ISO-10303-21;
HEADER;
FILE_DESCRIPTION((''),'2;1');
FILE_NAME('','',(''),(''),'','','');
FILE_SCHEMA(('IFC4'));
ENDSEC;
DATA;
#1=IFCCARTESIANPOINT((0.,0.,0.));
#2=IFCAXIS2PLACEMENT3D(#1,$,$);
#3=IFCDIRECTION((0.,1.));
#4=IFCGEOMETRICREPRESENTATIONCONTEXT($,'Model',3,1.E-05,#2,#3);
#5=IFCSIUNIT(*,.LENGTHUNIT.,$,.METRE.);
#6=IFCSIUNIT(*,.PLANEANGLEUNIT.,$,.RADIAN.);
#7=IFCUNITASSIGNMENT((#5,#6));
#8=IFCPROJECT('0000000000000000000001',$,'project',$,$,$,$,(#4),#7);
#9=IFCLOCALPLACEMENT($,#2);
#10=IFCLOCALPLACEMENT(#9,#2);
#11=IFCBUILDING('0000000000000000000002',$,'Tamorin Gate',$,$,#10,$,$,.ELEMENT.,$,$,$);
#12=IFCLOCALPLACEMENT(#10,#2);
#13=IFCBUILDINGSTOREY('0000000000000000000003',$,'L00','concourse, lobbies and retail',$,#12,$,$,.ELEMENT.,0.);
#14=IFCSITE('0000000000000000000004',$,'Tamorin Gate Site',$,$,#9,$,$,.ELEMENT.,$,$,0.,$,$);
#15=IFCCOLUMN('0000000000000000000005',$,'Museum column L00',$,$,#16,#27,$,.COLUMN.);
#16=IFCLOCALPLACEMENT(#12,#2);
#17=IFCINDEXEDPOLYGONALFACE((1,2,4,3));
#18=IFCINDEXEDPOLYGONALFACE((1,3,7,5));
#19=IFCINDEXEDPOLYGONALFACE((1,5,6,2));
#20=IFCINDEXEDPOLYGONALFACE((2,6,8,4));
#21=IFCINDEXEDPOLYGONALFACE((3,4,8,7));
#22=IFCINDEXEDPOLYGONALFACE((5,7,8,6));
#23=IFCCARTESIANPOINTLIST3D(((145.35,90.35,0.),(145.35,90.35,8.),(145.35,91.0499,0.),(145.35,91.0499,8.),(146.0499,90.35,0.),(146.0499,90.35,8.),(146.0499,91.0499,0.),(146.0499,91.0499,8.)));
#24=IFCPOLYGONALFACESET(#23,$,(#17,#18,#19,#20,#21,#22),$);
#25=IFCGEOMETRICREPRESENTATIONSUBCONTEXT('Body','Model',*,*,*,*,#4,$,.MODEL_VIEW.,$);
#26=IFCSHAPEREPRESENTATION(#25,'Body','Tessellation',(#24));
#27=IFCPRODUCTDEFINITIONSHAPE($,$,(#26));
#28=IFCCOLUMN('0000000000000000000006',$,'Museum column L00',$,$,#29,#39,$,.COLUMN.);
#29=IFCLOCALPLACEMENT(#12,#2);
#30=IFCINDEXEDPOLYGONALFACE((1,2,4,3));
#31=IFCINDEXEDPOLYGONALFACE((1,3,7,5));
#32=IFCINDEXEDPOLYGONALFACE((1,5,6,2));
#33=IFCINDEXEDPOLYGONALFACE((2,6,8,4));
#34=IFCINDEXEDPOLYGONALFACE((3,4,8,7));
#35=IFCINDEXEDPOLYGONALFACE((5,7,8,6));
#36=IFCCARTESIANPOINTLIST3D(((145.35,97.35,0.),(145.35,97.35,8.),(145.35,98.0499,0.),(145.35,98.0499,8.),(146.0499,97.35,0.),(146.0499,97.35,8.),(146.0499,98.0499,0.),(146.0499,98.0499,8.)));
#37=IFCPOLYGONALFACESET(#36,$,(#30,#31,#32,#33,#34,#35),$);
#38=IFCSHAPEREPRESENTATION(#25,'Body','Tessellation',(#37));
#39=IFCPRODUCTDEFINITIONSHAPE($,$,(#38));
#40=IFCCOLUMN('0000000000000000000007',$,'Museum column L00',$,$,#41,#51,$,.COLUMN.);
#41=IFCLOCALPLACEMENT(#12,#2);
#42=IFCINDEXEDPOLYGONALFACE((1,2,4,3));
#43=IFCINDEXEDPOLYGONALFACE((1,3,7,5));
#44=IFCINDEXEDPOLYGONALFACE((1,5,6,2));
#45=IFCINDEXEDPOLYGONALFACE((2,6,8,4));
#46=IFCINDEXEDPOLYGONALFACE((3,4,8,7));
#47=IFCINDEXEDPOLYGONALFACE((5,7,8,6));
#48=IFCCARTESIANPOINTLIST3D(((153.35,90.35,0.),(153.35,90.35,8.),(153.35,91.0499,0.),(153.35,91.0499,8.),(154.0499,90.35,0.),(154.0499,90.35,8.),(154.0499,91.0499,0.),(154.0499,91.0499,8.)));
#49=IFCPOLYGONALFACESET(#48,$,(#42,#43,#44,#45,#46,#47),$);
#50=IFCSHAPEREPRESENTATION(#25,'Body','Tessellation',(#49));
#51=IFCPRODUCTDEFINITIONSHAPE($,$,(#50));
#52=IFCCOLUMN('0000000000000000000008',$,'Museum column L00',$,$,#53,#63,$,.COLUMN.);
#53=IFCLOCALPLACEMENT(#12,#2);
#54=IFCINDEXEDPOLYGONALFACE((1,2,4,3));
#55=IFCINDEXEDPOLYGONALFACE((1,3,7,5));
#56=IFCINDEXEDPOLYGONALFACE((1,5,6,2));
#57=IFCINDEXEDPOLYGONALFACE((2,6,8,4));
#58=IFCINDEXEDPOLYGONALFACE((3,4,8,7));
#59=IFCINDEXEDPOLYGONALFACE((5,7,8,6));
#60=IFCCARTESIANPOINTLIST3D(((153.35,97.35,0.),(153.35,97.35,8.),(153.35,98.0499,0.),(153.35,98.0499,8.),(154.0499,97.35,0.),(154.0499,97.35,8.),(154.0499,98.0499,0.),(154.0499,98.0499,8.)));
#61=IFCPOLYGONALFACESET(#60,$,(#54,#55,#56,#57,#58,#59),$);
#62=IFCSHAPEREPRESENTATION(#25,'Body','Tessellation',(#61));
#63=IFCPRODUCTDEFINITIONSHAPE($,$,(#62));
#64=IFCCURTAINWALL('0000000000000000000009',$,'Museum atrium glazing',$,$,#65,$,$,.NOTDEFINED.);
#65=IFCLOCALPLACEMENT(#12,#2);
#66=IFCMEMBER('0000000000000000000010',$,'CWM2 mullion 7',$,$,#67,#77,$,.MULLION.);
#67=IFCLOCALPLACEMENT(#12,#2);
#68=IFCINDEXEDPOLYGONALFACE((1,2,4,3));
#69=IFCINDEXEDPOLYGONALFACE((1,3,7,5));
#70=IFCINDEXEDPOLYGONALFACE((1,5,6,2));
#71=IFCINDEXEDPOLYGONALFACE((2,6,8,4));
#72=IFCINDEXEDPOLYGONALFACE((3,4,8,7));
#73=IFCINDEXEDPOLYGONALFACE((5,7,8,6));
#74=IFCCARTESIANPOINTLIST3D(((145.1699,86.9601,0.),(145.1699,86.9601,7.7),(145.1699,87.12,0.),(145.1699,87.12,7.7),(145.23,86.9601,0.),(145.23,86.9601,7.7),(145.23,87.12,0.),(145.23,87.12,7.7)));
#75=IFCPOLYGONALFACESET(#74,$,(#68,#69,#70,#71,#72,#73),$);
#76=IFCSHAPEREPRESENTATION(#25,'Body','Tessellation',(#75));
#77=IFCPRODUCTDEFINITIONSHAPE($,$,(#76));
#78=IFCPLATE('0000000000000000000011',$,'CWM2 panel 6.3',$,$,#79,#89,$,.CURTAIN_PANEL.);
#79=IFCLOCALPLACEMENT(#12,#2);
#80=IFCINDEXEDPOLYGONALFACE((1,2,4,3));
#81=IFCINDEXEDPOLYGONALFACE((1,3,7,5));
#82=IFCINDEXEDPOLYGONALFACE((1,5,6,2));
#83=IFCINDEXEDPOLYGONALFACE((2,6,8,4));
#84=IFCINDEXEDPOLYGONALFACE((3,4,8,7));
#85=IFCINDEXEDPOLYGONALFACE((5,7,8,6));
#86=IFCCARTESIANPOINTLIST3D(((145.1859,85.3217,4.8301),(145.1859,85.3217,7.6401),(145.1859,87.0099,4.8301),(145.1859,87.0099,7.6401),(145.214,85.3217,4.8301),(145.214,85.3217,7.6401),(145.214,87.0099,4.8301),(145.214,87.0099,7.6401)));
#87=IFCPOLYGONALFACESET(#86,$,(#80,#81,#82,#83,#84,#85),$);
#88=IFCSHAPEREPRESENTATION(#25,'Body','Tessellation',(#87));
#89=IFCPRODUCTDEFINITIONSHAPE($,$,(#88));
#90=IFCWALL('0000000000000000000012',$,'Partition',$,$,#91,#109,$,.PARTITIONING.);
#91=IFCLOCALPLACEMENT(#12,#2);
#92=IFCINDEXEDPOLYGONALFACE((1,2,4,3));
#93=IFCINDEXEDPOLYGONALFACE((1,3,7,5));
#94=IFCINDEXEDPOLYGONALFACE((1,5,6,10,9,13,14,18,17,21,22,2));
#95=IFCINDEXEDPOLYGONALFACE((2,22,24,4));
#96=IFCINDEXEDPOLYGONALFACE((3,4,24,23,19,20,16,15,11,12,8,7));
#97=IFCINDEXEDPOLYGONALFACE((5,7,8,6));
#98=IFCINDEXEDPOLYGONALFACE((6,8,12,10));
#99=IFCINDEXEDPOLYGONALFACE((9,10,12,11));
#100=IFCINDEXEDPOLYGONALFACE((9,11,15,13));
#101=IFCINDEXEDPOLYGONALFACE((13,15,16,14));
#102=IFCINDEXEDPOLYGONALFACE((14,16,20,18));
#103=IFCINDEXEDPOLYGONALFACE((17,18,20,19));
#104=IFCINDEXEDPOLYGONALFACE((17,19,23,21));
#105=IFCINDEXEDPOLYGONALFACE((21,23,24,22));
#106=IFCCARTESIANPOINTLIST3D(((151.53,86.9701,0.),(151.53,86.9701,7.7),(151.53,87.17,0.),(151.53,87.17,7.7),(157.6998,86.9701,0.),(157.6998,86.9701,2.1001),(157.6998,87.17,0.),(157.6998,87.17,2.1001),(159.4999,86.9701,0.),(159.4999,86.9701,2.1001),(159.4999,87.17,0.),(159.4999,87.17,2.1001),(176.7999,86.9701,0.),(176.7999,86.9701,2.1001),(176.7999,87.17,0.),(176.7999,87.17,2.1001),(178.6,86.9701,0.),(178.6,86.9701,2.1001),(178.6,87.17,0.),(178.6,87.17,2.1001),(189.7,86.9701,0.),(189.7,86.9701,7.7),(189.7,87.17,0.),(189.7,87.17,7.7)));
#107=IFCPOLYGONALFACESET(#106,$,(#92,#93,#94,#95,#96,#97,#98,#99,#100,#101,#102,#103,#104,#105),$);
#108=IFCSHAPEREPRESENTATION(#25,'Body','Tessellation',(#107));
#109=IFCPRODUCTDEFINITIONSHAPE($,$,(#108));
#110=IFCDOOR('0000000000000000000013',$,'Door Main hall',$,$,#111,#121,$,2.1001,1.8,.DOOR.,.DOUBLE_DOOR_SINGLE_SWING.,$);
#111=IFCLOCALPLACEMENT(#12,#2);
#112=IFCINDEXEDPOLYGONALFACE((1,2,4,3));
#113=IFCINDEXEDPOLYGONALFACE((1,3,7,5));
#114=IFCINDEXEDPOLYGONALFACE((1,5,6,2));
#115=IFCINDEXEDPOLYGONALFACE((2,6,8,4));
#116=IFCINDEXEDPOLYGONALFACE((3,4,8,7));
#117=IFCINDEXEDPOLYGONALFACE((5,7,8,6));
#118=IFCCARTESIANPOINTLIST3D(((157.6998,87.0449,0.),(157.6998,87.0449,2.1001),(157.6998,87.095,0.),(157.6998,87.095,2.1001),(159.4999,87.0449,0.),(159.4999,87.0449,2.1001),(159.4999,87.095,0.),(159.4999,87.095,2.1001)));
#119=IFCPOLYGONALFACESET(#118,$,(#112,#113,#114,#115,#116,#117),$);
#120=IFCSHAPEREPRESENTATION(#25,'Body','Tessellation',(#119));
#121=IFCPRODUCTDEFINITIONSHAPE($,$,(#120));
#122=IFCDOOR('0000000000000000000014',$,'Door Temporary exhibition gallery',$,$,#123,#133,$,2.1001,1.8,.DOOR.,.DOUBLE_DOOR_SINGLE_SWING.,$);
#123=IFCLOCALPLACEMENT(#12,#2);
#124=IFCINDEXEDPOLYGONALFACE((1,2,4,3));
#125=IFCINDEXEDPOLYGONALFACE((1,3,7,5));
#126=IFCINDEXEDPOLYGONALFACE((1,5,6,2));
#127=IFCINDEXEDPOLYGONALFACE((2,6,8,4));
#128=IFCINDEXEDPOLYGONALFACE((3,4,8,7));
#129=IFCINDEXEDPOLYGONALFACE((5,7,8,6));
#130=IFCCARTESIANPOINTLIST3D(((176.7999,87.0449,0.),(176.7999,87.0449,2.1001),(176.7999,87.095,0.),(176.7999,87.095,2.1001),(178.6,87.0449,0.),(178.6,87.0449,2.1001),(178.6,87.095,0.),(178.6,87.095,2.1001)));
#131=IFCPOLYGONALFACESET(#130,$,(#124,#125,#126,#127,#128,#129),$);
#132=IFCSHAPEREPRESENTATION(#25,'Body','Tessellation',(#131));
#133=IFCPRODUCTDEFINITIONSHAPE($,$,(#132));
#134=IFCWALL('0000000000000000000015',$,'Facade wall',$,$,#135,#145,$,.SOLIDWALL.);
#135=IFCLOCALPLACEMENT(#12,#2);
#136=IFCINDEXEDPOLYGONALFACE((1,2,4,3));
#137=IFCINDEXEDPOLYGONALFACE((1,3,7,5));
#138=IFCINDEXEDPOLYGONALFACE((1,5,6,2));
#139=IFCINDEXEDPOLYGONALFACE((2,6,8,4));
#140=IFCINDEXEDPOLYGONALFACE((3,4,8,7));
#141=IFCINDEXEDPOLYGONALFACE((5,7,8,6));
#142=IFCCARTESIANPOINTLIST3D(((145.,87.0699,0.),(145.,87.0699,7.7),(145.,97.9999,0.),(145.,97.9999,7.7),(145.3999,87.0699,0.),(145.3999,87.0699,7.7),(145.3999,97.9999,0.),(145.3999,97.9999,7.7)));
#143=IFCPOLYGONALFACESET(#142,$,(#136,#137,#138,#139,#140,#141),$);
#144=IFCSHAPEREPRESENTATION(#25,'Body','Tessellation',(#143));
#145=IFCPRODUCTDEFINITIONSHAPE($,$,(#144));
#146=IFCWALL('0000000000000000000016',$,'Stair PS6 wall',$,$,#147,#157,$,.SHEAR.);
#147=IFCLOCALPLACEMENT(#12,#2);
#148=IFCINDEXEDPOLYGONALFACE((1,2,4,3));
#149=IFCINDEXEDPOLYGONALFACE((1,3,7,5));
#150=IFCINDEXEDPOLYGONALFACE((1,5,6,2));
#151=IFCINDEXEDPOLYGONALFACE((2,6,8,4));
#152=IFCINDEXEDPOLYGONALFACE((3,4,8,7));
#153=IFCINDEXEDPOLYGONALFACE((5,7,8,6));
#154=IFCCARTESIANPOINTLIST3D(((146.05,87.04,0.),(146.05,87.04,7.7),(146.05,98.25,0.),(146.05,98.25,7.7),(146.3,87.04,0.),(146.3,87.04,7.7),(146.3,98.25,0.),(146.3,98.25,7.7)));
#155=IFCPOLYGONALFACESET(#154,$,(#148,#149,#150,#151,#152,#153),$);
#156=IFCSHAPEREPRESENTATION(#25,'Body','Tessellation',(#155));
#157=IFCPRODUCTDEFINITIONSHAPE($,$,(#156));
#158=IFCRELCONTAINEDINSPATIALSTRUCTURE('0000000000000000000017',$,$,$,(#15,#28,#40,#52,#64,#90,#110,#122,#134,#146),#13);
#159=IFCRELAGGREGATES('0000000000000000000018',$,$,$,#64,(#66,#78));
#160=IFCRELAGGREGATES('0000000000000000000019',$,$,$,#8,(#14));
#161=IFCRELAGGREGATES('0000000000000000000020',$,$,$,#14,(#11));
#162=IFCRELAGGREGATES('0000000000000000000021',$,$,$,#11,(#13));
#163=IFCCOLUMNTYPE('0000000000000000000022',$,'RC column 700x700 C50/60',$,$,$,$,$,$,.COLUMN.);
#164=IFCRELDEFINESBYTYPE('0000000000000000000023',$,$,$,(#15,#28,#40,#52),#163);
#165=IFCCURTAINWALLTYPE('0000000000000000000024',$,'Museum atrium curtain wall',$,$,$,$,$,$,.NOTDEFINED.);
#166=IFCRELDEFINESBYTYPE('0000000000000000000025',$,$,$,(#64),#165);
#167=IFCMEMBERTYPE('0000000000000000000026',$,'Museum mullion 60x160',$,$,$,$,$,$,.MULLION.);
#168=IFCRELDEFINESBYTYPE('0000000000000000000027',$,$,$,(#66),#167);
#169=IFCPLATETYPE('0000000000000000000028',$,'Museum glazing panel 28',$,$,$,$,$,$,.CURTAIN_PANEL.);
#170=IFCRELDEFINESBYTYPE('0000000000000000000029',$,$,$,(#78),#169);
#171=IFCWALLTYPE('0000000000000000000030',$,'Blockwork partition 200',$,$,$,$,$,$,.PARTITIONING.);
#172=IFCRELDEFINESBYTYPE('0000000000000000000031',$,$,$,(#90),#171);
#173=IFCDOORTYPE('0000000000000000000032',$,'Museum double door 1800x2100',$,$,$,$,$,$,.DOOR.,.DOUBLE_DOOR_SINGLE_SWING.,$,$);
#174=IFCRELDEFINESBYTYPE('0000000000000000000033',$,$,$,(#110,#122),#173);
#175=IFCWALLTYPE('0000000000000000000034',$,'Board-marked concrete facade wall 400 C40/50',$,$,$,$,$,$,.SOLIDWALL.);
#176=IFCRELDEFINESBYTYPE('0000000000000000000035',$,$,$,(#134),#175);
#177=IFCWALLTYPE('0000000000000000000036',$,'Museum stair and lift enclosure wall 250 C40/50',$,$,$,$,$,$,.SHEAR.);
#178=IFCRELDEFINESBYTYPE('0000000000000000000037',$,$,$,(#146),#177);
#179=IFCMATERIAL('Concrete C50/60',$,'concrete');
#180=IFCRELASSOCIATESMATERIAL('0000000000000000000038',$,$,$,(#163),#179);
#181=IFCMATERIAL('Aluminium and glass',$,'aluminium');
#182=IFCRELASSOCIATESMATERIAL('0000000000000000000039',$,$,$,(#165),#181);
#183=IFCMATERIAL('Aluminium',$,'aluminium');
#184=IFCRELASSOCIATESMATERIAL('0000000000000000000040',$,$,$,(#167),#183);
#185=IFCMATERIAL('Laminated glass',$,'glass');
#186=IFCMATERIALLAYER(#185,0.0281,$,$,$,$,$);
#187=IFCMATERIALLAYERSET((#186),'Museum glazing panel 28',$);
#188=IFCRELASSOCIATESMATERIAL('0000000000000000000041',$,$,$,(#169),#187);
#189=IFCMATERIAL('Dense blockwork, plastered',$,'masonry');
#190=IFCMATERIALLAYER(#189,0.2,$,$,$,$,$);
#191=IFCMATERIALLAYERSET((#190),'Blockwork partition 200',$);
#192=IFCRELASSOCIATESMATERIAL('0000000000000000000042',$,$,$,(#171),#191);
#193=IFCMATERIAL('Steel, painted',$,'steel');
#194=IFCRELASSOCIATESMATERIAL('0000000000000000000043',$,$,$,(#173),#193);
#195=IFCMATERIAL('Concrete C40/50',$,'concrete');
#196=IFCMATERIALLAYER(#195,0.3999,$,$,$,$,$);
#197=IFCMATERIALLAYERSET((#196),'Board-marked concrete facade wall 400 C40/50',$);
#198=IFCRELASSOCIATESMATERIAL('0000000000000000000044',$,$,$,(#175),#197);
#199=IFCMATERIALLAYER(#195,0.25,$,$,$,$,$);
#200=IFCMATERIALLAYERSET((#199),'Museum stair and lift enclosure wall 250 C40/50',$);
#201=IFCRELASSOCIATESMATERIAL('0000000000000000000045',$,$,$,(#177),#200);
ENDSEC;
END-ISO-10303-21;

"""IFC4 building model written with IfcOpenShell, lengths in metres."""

from ifc_helpers import new_model, si_unit, direction, frame, frame_2d, origin, origin_2d, place, context, subcontext, project, spatial, rectangle, extrude, material, layer, layer_set, material_profile, profile_set, type_object, element, fill, aggregate, save


model = new_model("IFC4")

# Units and contexts
model_context = context("Model", 3, precision=1e-05, world=origin(), true_north=direction((0.0, 1.0)))
body_context = subcontext(model_context, "Body", "Model", "MODEL_VIEW")
ifc_project = project(units=[si_unit("LENGTHUNIT", "METRE"), si_unit("PLANEANGLEUNIT", "RADIAN")], contexts=[model_context])

# Site, building, storey
site_placement = place(None, origin())
site = spatial("IfcSite", under=ifc_project, at=site_placement, Name="Tamorin Gate Site", CompositionType="ELEMENT", RefElevation=0.0)
building_placement = place(site_placement, origin())
building = spatial("IfcBuilding", under=site, at=building_placement, Name="Tamorin Gate", CompositionType="ELEMENT")
storey_placement = place(building_placement, origin())
storey = spatial("IfcBuildingStorey", under=building, at=storey_placement, Name="L00", Description="concourse, lobbies and retail", CompositionType="ELEMENT", Elevation=0.0)

# Columns
ifc_material_1 = material(Name="Concrete C50/60", Category="concrete")
ifc_material_profile_1 = material_profile(ifc_material_1, rectangle(XDim=0.7, YDim=0.7, at=origin_2d()), Name="RC 700x700")
ifc_profile_set_1 = profile_set([ifc_material_profile_1], Name="Concrete C50/60")
column_type = type_object("IfcColumnType", Name="RC column 700x700 C50/60", PredefinedType="COLUMN", material=ifc_profile_set_1)
for number, where, z_axis, x_axis, name in (
    (1, (145.7, 90.7, 0.0), (0.0, 0.0, 1.0), (1.0, 0.0, 0.0), "Museum column L00"),
    (2, (145.7, 97.7, 0.0), (0.0, 0.0, 1.0), (1.0, 0.0, 0.0), "Museum column L00"),
    (3, (153.7, 90.7, 0.0), (0.0, 0.0, 1.0), (1.0, 0.0, 0.0), "Museum column L00"),
    (4, (153.7, 97.7, 0.0), (0.0, 0.0, 1.0), (1.0, 0.0, 0.0), "Museum column L00"),
):
    element("IfcColumn", number, at=place(storey_placement, frame(where, z_axis=z_axis, x_axis=x_axis)), inside=storey, type_object=column_type, Name=name, PredefinedType="COLUMN", context=body_context, shape_type="SweptSolid", body=[
        extrude(rectangle(XDim=0.7, YDim=0.7, at=origin_2d()), origin(), (0.0, 0.0, 1.0), 8.0),
    ])

# Curtain wall, member, plate
ifc_material_2 = material(Name="Aluminium and glass", Category="aluminium")
curtain_wall_type = type_object("IfcCurtainWallType", Name="Museum atrium curtain wall", PredefinedType="NOTDEFINED", material=ifc_material_2)
curtain_wall_placement = place(storey_placement, origin())
curtain_wall = element("IfcCurtainWall", 5, at=curtain_wall_placement, inside=storey, type_object=curtain_wall_type, Name="Museum atrium glazing", PredefinedType="NOTDEFINED")
ifc_material_3 = material(Name="Aluminium", Category="aluminium")
ifc_material_profile_2 = material_profile(ifc_material_3, rectangle(XDim=0.0601, YDim=0.1599, at=origin_2d()), Name="RECT 60x160")
ifc_profile_set_2 = profile_set([ifc_material_profile_2], Name="Aluminium")
member_type = type_object("IfcMemberType", Name="Museum mullion 60x160", PredefinedType="MULLION", material=ifc_profile_set_2)
member_placement = place(storey_placement, frame((145.2, 87.04, 0.0), z_axis=(0.0, 0.0, 1.0), x_axis=(-1.0, 0.0, 0.0)))
member = element("IfcMember", 6, at=member_placement, type_object=member_type, Name="CWM2 mullion 7", PredefinedType="MULLION", context=body_context, shape_type="SweptSolid", body=[
    extrude(rectangle(XDim=0.0601, YDim=0.1599, at=origin_2d()), origin(), (0.0, 0.0, 1.0), 7.7),
])
ifc_material_4 = material(Name="Laminated glass", Category="glass")
ifc_layer_1 = layer(ifc_material_4, 0.0281)
ifc_layer_set_1 = layer_set([ifc_layer_1], Name="Museum glazing panel 28")
plate_type = type_object("IfcPlateType", Name="Museum glazing panel 28", PredefinedType="CURTAIN_PANEL", material=ifc_layer_set_1)
plate_placement = place(storey_placement, frame((145.2, 86.1658, 4.8301), z_axis=(0.0, 0.0, 1.0), x_axis=(0.0, 1.0, 0.0)))
plate = element("IfcPlate", 7, at=plate_placement, type_object=plate_type, Name="CWM2 panel 6.3", PredefinedType="CURTAIN_PANEL", context=body_context, shape_type="SweptSolid", body=[
    extrude(rectangle(XDim=1.6882, YDim=0.0281, at=origin_2d()), origin(), (0.0, 0.0, 1.0), 2.8101),
])
aggregate(curtain_wall, [member, plate])

# Wall, openings, doors
ifc_material_5 = material(Name="Dense blockwork, plastered", Category="masonry")
ifc_layer_2 = layer(ifc_material_5, 0.2)
ifc_layer_set_2 = layer_set([ifc_layer_2], Name="Blockwork partition 200")
wall_type_1 = type_object("IfcWallType", Name="Blockwork partition 200", PredefinedType="PARTITIONING", material=ifc_layer_set_2)
wall_1_placement = place(storey_placement, frame((151.53, 87.0701, 0.0), z_axis=(0.0, 0.0, 1.0), x_axis=(1.0, 0.0, 0.0)))
wall_1 = element("IfcWall", 8, at=wall_1_placement, inside=storey, type_object=wall_type_1, Name="Partition", PredefinedType="PARTITIONING", context=body_context, shape_type="SweptSolid", body=[
    extrude(rectangle(XDim=38.1699, YDim=0.2, at=frame_2d((19.085, 0.0))), origin(), (0.0, 0.0, 1.0), 7.7),
])
opening_1_placement = place(wall_1_placement, frame((6.1699, 0.0, 0.0)))
opening_1 = element("IfcOpeningElement", 9, at=opening_1_placement, cuts=wall_1, PredefinedType="OPENING", context=body_context, shape_type="SweptSolid", body=[
    extrude(rectangle(XDim=1.8, YDim=2.1001, at=frame_2d((0.8999, 1.05))), frame((0.0, 0.1099, 0.0), z_axis=(0.0, -1.0, 0.0), x_axis=(1.0, 0.0, 0.0)), (0.0, 0.0, 1.0), 0.22),
])
opening_2_placement = place(wall_1_placement, frame((25.27, 0.0, 0.0)))
opening_2 = element("IfcOpeningElement", 10, at=opening_2_placement, cuts=wall_1, PredefinedType="OPENING", context=body_context, shape_type="SweptSolid", body=[
    extrude(rectangle(XDim=1.8, YDim=2.1001, at=frame_2d((0.8999, 1.05))), frame((0.0, 0.1099, 0.0), z_axis=(0.0, -1.0, 0.0), x_axis=(1.0, 0.0, 0.0)), (0.0, 0.0, 1.0), 0.22),
])
ifc_material_6 = material(Name="Steel, painted", Category="steel")
door_type_1 = type_object("IfcDoorType", Name="Museum double door 1800x2100", OperationType="DOUBLE_DOOR_SINGLE_SWING", PredefinedType="DOOR", material=ifc_material_6)
door_1_placement = place(opening_1_placement, origin())
door_1 = element("IfcDoor", 11, at=door_1_placement, inside=storey, type_object=door_type_1, Name="Door Main hall", OperationType="DOUBLE_DOOR_SINGLE_SWING", OverallHeight=2.1001, OverallWidth=1.8, PredefinedType="DOOR", context=body_context, shape_type="SweptSolid", body=[
    extrude(rectangle(XDim=1.8, YDim=2.1001, at=frame_2d((0.8999, 1.05))), frame((0.0, 0.0249, 0.0), z_axis=(0.0, -1.0, 0.0), x_axis=(1.0, 0.0, 0.0)), (0.0, 0.0, 1.0), 0.05),
])
fill(opening_1, door_1)
door_2_placement = place(opening_2_placement, origin())
door_2 = element("IfcDoor", 12, at=door_2_placement, inside=storey, type_object=door_type_1, Name="Door Temporary exhibition gallery", OperationType="DOUBLE_DOOR_SINGLE_SWING", OverallHeight=2.1001, OverallWidth=1.8, PredefinedType="DOOR", context=body_context, shape_type="SweptSolid", body=[
    extrude(rectangle(XDim=1.8, YDim=2.1001, at=frame_2d((0.8999, 1.05))), frame((0.0, 0.0249, 0.0), z_axis=(0.0, -1.0, 0.0), x_axis=(1.0, 0.0, 0.0)), (0.0, 0.0, 1.0), 0.05),
])
fill(opening_2, door_2)

# Walls
ifc_material_7 = material(Name="Concrete C40/50", Category="concrete")
ifc_layer_3 = layer(ifc_material_7, 0.3999)
ifc_layer_set_3 = layer_set([ifc_layer_3], Name="Board-marked concrete facade wall 400 C40/50")
wall_type_2 = type_object("IfcWallType", Name="Board-marked concrete facade wall 400 C40/50", PredefinedType="SOLIDWALL", material=ifc_layer_set_3)
wall_2_placement = place(storey_placement, frame((145.2, 87.0701, 0.0), z_axis=(0.0, 0.0, 1.0), x_axis=(0.0, 1.0, 0.0)))
element("IfcWall", 13, at=wall_2_placement, inside=storey, type_object=wall_type_2, Name="Facade wall", PredefinedType="SOLIDWALL", context=body_context, shape_type="SweptSolid", body=[
    extrude(rectangle(XDim=10.9299, YDim=0.3999, at=frame_2d((5.4648, 0.0))), origin(), (0.0, 0.0, 1.0), 7.7),
])
ifc_layer_4 = layer(ifc_material_7, 0.25)
ifc_layer_set_4 = layer_set([ifc_layer_4], Name="Museum stair and lift enclosure wall 250 C40/50")
wall_type_3 = type_object("IfcWallType", Name="Museum stair and lift enclosure wall 250 C40/50", PredefinedType="SHEAR", material=ifc_layer_set_4)
wall_3_placement = place(storey_placement, frame((146.175, 87.04, 0.0), z_axis=(0.0, 0.0, 1.0), x_axis=(0.0, 1.0, 0.0)))
element("IfcWall", 14, at=wall_3_placement, inside=storey, type_object=wall_type_3, Name="Stair PS6 wall", PredefinedType="SHEAR", context=body_context, shape_type="SweptSolid", body=[
    extrude(rectangle(XDim=11.21, YDim=0.25, at=frame_2d((5.605, 0.0))), origin(), (0.0, 0.0, 1.0), 7.7),
])

save(model, "model.ifc")
